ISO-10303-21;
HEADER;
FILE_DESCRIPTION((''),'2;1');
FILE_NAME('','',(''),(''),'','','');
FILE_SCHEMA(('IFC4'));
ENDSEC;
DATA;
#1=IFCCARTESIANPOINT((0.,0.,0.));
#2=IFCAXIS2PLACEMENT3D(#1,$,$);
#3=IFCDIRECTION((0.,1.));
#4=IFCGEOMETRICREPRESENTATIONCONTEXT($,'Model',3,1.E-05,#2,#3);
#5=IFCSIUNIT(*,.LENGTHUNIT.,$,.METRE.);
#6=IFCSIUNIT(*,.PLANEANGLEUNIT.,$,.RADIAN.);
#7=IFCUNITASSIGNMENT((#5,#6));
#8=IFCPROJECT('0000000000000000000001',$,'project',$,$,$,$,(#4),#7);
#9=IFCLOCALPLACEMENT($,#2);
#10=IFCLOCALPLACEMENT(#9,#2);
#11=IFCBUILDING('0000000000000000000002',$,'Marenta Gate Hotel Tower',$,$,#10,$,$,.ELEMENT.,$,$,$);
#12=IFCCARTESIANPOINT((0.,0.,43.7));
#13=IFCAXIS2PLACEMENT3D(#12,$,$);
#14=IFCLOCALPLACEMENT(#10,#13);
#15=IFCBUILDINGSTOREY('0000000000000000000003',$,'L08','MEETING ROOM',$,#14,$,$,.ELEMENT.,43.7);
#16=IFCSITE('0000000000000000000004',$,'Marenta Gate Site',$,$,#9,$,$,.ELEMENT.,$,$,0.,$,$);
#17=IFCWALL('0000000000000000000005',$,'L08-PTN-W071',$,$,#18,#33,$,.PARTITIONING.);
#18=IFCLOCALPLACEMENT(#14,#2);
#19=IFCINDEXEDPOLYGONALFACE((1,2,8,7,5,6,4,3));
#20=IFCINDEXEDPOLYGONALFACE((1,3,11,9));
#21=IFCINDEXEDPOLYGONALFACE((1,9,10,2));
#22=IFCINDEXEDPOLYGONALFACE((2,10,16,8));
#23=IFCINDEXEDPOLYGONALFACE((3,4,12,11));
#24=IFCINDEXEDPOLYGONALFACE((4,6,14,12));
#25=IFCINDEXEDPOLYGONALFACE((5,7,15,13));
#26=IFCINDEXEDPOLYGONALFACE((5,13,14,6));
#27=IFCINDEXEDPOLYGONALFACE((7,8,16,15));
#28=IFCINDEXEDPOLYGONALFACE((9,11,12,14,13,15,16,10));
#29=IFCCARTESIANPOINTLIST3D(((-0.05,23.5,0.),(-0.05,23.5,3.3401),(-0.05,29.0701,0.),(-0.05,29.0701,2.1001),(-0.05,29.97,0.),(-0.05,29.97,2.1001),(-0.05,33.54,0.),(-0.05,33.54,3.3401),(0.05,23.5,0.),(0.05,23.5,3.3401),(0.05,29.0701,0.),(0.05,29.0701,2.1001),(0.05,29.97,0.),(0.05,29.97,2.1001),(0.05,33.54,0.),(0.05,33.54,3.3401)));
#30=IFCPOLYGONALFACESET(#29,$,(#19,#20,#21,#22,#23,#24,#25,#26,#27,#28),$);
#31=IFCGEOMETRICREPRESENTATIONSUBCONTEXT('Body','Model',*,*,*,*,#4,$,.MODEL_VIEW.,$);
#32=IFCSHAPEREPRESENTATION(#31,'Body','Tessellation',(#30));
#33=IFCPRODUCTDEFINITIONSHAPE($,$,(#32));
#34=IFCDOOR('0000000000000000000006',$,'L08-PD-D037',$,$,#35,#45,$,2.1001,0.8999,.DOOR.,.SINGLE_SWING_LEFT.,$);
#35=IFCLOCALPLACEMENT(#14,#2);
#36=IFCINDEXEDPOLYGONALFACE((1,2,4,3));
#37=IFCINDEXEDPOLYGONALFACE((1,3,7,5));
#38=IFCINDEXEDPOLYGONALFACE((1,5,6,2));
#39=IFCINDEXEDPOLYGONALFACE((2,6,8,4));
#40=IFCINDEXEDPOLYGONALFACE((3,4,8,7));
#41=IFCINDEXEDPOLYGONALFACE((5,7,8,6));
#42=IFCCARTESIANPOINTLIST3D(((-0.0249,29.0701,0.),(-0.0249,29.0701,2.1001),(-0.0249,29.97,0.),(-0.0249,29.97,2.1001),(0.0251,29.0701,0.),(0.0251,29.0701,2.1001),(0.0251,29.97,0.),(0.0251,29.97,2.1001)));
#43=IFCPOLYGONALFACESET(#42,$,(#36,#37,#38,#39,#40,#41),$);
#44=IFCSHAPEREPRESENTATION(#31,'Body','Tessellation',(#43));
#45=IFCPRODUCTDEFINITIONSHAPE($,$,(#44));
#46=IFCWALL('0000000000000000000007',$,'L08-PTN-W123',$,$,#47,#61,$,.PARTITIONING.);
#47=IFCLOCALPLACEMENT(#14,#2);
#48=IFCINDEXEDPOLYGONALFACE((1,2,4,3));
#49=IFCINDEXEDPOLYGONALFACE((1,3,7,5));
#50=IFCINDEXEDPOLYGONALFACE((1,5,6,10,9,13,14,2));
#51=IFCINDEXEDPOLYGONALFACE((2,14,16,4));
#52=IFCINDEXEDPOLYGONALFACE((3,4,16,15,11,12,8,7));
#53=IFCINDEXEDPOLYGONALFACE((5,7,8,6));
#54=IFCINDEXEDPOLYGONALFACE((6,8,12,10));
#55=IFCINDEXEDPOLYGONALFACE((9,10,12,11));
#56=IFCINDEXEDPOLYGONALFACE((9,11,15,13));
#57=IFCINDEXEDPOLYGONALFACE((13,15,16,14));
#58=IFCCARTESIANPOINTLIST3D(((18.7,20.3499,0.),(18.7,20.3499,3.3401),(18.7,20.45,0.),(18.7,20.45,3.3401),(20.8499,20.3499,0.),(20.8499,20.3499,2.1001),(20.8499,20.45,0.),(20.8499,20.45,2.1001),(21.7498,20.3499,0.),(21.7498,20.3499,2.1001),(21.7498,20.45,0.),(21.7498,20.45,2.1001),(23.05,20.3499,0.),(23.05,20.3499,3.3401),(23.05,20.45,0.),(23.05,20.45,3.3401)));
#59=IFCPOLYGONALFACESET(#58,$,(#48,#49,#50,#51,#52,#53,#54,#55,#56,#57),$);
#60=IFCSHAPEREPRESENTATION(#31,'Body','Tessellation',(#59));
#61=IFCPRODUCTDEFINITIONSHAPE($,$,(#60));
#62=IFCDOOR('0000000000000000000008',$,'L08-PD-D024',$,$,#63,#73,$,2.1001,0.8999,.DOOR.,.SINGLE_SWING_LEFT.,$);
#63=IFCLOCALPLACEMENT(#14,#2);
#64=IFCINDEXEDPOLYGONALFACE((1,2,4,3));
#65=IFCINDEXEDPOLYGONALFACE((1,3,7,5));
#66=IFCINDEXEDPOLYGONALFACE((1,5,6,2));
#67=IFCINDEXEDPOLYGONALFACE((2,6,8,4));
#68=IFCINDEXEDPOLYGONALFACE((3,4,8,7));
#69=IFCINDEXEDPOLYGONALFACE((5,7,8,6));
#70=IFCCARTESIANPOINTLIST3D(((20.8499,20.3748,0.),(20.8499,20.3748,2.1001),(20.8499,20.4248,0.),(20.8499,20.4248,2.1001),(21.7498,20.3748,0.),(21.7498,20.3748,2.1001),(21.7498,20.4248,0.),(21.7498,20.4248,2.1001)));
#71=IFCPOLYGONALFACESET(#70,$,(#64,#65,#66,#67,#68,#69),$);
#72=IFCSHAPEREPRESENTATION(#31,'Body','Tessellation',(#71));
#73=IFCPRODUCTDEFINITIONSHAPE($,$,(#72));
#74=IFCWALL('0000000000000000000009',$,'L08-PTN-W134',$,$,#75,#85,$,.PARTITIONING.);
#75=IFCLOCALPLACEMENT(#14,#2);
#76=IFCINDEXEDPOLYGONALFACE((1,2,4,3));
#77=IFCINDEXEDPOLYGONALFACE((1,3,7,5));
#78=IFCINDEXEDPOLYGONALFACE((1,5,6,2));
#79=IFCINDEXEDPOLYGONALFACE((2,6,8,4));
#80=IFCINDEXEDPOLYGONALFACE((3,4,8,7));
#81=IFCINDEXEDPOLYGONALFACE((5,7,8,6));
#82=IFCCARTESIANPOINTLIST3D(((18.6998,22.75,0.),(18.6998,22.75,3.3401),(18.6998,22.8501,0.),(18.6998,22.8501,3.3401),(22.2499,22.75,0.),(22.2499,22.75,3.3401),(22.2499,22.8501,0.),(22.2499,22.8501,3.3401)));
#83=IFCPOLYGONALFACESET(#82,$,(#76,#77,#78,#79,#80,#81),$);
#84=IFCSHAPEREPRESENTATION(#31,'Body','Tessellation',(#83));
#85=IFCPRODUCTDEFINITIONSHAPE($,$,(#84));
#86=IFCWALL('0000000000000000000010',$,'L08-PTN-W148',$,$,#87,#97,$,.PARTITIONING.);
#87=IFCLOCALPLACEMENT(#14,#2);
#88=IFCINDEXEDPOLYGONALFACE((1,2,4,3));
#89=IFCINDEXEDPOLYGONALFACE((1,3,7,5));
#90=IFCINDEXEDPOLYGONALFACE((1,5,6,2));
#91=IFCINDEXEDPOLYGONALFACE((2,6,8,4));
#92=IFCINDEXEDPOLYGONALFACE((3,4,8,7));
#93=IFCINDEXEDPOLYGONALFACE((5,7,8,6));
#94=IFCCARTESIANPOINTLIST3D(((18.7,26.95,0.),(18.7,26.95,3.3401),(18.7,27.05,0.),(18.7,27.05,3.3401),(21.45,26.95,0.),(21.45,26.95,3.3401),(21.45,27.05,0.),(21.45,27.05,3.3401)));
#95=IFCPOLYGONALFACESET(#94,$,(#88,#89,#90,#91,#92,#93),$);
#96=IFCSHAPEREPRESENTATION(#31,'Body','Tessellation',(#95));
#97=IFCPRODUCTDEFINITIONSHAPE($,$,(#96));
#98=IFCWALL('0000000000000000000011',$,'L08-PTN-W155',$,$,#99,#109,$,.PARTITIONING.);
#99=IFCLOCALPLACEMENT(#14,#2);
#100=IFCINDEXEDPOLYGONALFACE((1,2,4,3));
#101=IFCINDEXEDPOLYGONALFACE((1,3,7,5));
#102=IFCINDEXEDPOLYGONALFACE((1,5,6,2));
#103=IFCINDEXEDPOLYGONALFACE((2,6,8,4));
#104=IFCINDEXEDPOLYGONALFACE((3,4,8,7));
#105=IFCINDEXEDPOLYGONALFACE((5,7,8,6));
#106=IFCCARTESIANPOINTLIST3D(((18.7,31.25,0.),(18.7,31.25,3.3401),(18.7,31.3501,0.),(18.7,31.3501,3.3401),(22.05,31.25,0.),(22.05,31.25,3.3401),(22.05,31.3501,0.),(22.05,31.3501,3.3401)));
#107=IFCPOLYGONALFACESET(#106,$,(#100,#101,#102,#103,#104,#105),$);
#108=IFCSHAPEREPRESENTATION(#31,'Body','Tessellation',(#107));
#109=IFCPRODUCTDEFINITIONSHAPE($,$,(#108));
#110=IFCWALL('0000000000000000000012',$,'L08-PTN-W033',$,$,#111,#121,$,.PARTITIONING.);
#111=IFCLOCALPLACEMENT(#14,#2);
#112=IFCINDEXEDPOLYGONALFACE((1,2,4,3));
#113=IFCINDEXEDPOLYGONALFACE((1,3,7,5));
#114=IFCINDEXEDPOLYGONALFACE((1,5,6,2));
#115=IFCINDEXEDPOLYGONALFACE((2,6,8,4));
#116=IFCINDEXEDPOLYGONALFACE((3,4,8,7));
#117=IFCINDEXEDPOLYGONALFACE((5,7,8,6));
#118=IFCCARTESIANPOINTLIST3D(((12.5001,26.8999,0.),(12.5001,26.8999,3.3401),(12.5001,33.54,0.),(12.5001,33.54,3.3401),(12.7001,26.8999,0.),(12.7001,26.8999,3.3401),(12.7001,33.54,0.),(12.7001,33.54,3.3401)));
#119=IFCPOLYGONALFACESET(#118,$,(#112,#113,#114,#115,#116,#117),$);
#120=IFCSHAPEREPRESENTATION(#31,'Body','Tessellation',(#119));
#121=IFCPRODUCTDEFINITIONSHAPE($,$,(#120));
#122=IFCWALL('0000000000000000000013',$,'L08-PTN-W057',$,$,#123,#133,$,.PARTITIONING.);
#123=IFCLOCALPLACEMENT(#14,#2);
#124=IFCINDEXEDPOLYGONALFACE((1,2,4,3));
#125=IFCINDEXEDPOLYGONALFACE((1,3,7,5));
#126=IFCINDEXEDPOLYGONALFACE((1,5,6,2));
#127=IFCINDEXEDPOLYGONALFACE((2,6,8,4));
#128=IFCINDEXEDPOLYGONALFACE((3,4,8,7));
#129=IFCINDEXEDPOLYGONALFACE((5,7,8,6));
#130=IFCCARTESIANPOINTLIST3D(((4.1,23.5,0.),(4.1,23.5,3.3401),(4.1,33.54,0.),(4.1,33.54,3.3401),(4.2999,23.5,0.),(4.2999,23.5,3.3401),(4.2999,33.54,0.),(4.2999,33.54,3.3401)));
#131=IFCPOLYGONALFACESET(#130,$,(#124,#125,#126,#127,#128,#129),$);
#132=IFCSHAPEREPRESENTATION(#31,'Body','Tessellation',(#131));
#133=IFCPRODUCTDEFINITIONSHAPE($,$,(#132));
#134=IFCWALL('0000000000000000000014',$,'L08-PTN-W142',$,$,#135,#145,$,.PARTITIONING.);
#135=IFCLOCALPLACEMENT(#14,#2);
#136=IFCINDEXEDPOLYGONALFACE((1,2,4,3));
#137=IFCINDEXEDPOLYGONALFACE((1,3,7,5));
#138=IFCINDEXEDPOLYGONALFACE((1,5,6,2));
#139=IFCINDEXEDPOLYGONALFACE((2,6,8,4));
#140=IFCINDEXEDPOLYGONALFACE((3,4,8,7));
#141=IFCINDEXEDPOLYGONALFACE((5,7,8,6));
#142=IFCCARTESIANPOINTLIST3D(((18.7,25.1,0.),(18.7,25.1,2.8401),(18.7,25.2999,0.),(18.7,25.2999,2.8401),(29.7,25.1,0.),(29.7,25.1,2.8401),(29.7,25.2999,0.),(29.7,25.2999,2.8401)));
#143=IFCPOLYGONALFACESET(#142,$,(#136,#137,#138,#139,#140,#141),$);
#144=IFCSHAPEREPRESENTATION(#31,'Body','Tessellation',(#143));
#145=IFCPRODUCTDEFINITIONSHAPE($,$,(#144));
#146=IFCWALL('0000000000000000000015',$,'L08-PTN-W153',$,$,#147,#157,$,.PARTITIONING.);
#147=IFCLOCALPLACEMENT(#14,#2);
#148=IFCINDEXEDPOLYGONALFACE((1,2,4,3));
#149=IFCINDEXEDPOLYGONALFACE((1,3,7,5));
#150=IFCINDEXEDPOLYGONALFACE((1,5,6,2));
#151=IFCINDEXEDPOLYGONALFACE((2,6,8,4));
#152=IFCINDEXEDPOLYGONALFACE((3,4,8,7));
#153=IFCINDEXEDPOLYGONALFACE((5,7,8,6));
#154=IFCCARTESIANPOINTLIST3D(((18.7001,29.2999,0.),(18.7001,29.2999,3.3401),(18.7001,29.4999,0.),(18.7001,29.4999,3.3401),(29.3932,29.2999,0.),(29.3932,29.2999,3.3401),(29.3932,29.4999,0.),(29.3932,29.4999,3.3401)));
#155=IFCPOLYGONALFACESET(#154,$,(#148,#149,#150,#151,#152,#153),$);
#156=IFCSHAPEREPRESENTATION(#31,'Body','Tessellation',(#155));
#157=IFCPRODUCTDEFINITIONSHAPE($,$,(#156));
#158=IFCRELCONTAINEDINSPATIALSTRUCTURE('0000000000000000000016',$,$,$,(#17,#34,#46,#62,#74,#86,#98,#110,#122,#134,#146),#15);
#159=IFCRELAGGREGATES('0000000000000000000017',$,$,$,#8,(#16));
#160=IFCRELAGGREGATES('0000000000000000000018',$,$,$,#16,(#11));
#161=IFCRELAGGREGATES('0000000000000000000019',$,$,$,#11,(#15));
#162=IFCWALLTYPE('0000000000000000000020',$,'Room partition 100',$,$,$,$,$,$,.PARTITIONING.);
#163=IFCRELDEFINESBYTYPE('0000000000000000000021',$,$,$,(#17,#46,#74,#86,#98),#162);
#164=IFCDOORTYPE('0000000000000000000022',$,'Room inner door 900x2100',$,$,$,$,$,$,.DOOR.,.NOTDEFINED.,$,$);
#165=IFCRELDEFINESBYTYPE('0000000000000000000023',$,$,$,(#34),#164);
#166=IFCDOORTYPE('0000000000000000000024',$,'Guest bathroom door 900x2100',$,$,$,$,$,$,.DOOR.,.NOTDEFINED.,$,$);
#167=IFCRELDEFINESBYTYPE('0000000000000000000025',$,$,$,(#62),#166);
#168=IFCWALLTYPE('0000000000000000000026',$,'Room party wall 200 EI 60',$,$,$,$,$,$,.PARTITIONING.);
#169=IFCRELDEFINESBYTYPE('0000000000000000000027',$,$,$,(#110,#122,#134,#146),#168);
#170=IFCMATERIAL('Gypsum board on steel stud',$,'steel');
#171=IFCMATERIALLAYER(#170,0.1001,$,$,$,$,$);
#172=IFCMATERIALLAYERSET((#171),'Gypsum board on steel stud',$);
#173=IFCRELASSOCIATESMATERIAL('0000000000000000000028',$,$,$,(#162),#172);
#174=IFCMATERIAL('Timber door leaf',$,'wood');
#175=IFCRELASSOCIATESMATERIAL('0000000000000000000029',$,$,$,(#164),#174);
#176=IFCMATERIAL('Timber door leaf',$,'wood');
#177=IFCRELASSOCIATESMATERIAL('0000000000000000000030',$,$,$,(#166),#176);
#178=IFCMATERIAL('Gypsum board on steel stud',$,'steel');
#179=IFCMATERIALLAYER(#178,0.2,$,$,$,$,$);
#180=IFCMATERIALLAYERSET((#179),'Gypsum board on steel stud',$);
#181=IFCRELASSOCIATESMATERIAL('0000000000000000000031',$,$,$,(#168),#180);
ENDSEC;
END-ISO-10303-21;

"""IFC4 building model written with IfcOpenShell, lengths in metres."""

from ifc_helpers import new_model, si_unit, direction, frame, frame_2d, origin, place, context, subcontext, project, spatial, rectangle, extrude, material, layer, layer_set, type_object, element, fill, save


model = new_model("IFC4")

# Units and contexts
model_context = context("Model", 3, precision=1e-05, world=origin(), true_north=direction((0.0, 1.0)))
body_context = subcontext(model_context, "Body", "Model", "MODEL_VIEW")
ifc_project = project(units=[si_unit("LENGTHUNIT", "METRE"), si_unit("PLANEANGLEUNIT", "RADIAN")], contexts=[model_context])

# Site, building, storey
site_placement = place(None, origin())
site = spatial("IfcSite", under=ifc_project, at=site_placement, Name="Marenta Gate Site", CompositionType="ELEMENT", RefElevation=0.0)
building_placement = place(site_placement, origin())
building = spatial("IfcBuilding", under=site, at=building_placement, Name="Marenta Gate Hotel Tower", CompositionType="ELEMENT")
storey_placement = place(building_placement, frame((0.0, 0.0, 43.7)))
storey = spatial("IfcBuildingStorey", under=building, at=storey_placement, Name="L08", Description="MEETING ROOM", CompositionType="ELEMENT", Elevation=43.7)

# Walls, openings, doors
ifc_material_1 = material(Name="Gypsum board on steel stud", Category="steel")
ifc_layer_1 = layer(ifc_material_1, 0.1001)
ifc_layer_set_1 = layer_set([ifc_layer_1], Name="Gypsum board on steel stud")
wall_type_1 = type_object("IfcWallType", Name="Room partition 100", PredefinedType="PARTITIONING", material=ifc_layer_set_1)
wall_1_placement = place(storey_placement, frame((0.0, 23.5, 0.0), z_axis=(0.0, 0.0, 1.0), x_axis=(0.0, 1.0, 0.0)))
wall_1 = element("IfcWall", 1, at=wall_1_placement, inside=storey, type_object=wall_type_1, Name="L08-PTN-W071", PredefinedType="PARTITIONING", context=body_context, shape_type="SweptSolid", body=[
    extrude(rectangle(XDim=10.04, YDim=0.1001, at=frame_2d((5.02, 0.0))), origin(), (0.0, 0.0, 1.0), 3.3401),
])
opening_1_placement = place(wall_1_placement, frame((5.5701, 0.0, 0.0)))
opening_1 = element("IfcOpeningElement", 2, at=opening_1_placement, cuts=wall_1, PredefinedType="OPENING", context=body_context, shape_type="SweptSolid", body=[
    extrude(rectangle(XDim=0.8999, YDim=2.1001, at=frame_2d((0.45, 1.05))), frame((0.0, 0.05, 0.0), z_axis=(0.0, -1.0, 0.0), x_axis=(1.0, 0.0, 0.0)), (0.0, 0.0, 1.0), 0.1001),
])
ifc_material_2 = material(Name="Timber door leaf", Category="wood")
door_type_1 = type_object("IfcDoorType", Name="Room inner door 900x2100", OperationType="NOTDEFINED", PredefinedType="DOOR", material=ifc_material_2)
door_1_placement = place(opening_1_placement, origin())
door_1 = element("IfcDoor", 3, at=door_1_placement, inside=storey, type_object=door_type_1, Name="L08-PD-D037", OperationType="SINGLE_SWING_LEFT", OverallHeight=2.1001, OverallWidth=0.8999, PredefinedType="DOOR", context=body_context, shape_type="SweptSolid", body=[
    extrude(rectangle(XDim=0.8999, YDim=2.1001, at=frame_2d((0.45, 1.05))), frame((0.0, 0.0249, 0.0), z_axis=(0.0, -1.0, 0.0), x_axis=(1.0, 0.0, 0.0)), (0.0, 0.0, 1.0), 0.05),
])
fill(opening_1, door_1)
wall_2_placement = place(storey_placement, frame((18.7, 20.3999, 0.0), z_axis=(0.0, 0.0, 1.0), x_axis=(1.0, 0.0, 0.0)))
wall_2 = element("IfcWall", 4, at=wall_2_placement, inside=storey, type_object=wall_type_1, Name="L08-PTN-W123", PredefinedType="PARTITIONING", context=body_context, shape_type="SweptSolid", body=[
    extrude(rectangle(XDim=4.3501, YDim=0.1001, at=frame_2d((2.175, 0.0))), origin(), (0.0, 0.0, 1.0), 3.3401),
])
opening_2_placement = place(wall_2_placement, frame((2.1499, 0.0, 0.0)))
opening_2 = element("IfcOpeningElement", 5, at=opening_2_placement, cuts=wall_2, PredefinedType="OPENING", context=body_context, shape_type="SweptSolid", body=[
    extrude(rectangle(XDim=0.8999, YDim=2.1001, at=frame_2d((0.45, 1.05))), frame((0.0, 0.05, 0.0), z_axis=(0.0, -1.0, 0.0), x_axis=(1.0, 0.0, 0.0)), (0.0, 0.0, 1.0), 0.1001),
])
ifc_material_3 = material(Name="Timber door leaf", Category="wood")
door_type_2 = type_object("IfcDoorType", Name="Guest bathroom door 900x2100", OperationType="NOTDEFINED", PredefinedType="DOOR", material=ifc_material_3)
door_2_placement = place(opening_2_placement, origin())
door_2 = element("IfcDoor", 6, at=door_2_placement, inside=storey, type_object=door_type_2, Name="L08-PD-D024", OperationType="SINGLE_SWING_LEFT", OverallHeight=2.1001, OverallWidth=0.8999, PredefinedType="DOOR", context=body_context, shape_type="SweptSolid", body=[
    extrude(rectangle(XDim=0.8999, YDim=2.1001, at=frame_2d((0.45, 1.05))), frame((0.0, 0.0249, 0.0), z_axis=(0.0, -1.0, 0.0), x_axis=(1.0, 0.0, 0.0)), (0.0, 0.0, 1.0), 0.05),
])
fill(opening_2, door_2)

# Walls
wall_3_placement = place(storey_placement, frame((18.7, 22.8, 0.0), z_axis=(0.0, 0.0, 1.0), x_axis=(1.0, 0.0, 0.0)))
element("IfcWall", 7, at=wall_3_placement, inside=storey, type_object=wall_type_1, Name="L08-PTN-W134", PredefinedType="PARTITIONING", context=body_context, shape_type="SweptSolid", body=[
    extrude(rectangle(XDim=3.55, YDim=0.1001, at=frame_2d((1.7749, 0.0))), origin(), (0.0, 0.0, 1.0), 3.3401),
])
wall_4_placement = place(storey_placement, frame((18.7, 27.0, 0.0), z_axis=(0.0, 0.0, 1.0), x_axis=(1.0, 0.0, 0.0)))
element("IfcWall", 8, at=wall_4_placement, inside=storey, type_object=wall_type_1, Name="L08-PTN-W148", PredefinedType="PARTITIONING", context=body_context, shape_type="SweptSolid", body=[
    extrude(rectangle(XDim=2.75, YDim=0.1001, at=frame_2d((1.375, 0.0))), origin(), (0.0, 0.0, 1.0), 3.3401),
])
wall_5_placement = place(storey_placement, frame((18.7, 31.3, 0.0), z_axis=(0.0, 0.0, 1.0), x_axis=(1.0, 0.0, 0.0)))
element("IfcWall", 9, at=wall_5_placement, inside=storey, type_object=wall_type_1, Name="L08-PTN-W155", PredefinedType="PARTITIONING", context=body_context, shape_type="SweptSolid", body=[
    extrude(rectangle(XDim=3.3501, YDim=0.1001, at=frame_2d((1.675, 0.0))), origin(), (0.0, 0.0, 1.0), 3.3401),
])
ifc_material_4 = material(Name="Gypsum board on steel stud", Category="steel")
ifc_layer_2 = layer(ifc_material_4, 0.2)
ifc_layer_set_2 = layer_set([ifc_layer_2], Name="Gypsum board on steel stud")
wall_type_2 = type_object("IfcWallType", Name="Room party wall 200 EI 60", PredefinedType="PARTITIONING", material=ifc_layer_set_2)
wall_6_placement = place(storey_placement, frame((12.6001, 26.8999, 0.0), z_axis=(0.0, 0.0, 1.0), x_axis=(0.0, 1.0, 0.0)))
element("IfcWall", 10, at=wall_6_placement, inside=storey, type_object=wall_type_2, Name="L08-PTN-W033", PredefinedType="PARTITIONING", context=body_context, shape_type="SweptSolid", body=[
    extrude(rectangle(XDim=6.6401, YDim=0.2, at=frame_2d((3.3201, 0.0))), origin(), (0.0, 0.0, 1.0), 3.3401),
])
wall_7_placement = place(storey_placement, frame((4.2, 23.5, 0.0), z_axis=(0.0, 0.0, 1.0), x_axis=(0.0, 1.0, 0.0)))
element("IfcWall", 11, at=wall_7_placement, inside=storey, type_object=wall_type_2, Name="L08-PTN-W057", PredefinedType="PARTITIONING", context=body_context, shape_type="SweptSolid", body=[
    extrude(rectangle(XDim=10.04, YDim=0.2, at=frame_2d((5.02, 0.0))), origin(), (0.0, 0.0, 1.0), 3.3401),
])
wall_8_placement = place(storey_placement, frame((18.7, 25.2, 0.0), z_axis=(0.0, 0.0, 1.0), x_axis=(1.0, 0.0, 0.0)))
element("IfcWall", 12, at=wall_8_placement, inside=storey, type_object=wall_type_2, Name="L08-PTN-W142", PredefinedType="PARTITIONING", context=body_context, shape_type="SweptSolid", body=[
    extrude(rectangle(XDim=11.0, YDim=0.2, at=frame_2d((5.5, 0.0))), origin(), (0.0, 0.0, 1.0), 2.8401),
])
wall_9_placement = place(storey_placement, frame((18.7, 29.3999, 0.0), z_axis=(0.0, 0.0, 1.0), x_axis=(1.0, 0.0, 0.0)))
element("IfcWall", 13, at=wall_9_placement, inside=storey, type_object=wall_type_2, Name="L08-PTN-W153", PredefinedType="PARTITIONING", context=body_context, shape_type="SweptSolid", body=[
    extrude(rectangle(XDim=10.6931, YDim=0.2, at=frame_2d((5.3467, 0.0))), origin(), (0.0, 0.0, 1.0), 3.3401),
])

save(model, "model.ifc")
